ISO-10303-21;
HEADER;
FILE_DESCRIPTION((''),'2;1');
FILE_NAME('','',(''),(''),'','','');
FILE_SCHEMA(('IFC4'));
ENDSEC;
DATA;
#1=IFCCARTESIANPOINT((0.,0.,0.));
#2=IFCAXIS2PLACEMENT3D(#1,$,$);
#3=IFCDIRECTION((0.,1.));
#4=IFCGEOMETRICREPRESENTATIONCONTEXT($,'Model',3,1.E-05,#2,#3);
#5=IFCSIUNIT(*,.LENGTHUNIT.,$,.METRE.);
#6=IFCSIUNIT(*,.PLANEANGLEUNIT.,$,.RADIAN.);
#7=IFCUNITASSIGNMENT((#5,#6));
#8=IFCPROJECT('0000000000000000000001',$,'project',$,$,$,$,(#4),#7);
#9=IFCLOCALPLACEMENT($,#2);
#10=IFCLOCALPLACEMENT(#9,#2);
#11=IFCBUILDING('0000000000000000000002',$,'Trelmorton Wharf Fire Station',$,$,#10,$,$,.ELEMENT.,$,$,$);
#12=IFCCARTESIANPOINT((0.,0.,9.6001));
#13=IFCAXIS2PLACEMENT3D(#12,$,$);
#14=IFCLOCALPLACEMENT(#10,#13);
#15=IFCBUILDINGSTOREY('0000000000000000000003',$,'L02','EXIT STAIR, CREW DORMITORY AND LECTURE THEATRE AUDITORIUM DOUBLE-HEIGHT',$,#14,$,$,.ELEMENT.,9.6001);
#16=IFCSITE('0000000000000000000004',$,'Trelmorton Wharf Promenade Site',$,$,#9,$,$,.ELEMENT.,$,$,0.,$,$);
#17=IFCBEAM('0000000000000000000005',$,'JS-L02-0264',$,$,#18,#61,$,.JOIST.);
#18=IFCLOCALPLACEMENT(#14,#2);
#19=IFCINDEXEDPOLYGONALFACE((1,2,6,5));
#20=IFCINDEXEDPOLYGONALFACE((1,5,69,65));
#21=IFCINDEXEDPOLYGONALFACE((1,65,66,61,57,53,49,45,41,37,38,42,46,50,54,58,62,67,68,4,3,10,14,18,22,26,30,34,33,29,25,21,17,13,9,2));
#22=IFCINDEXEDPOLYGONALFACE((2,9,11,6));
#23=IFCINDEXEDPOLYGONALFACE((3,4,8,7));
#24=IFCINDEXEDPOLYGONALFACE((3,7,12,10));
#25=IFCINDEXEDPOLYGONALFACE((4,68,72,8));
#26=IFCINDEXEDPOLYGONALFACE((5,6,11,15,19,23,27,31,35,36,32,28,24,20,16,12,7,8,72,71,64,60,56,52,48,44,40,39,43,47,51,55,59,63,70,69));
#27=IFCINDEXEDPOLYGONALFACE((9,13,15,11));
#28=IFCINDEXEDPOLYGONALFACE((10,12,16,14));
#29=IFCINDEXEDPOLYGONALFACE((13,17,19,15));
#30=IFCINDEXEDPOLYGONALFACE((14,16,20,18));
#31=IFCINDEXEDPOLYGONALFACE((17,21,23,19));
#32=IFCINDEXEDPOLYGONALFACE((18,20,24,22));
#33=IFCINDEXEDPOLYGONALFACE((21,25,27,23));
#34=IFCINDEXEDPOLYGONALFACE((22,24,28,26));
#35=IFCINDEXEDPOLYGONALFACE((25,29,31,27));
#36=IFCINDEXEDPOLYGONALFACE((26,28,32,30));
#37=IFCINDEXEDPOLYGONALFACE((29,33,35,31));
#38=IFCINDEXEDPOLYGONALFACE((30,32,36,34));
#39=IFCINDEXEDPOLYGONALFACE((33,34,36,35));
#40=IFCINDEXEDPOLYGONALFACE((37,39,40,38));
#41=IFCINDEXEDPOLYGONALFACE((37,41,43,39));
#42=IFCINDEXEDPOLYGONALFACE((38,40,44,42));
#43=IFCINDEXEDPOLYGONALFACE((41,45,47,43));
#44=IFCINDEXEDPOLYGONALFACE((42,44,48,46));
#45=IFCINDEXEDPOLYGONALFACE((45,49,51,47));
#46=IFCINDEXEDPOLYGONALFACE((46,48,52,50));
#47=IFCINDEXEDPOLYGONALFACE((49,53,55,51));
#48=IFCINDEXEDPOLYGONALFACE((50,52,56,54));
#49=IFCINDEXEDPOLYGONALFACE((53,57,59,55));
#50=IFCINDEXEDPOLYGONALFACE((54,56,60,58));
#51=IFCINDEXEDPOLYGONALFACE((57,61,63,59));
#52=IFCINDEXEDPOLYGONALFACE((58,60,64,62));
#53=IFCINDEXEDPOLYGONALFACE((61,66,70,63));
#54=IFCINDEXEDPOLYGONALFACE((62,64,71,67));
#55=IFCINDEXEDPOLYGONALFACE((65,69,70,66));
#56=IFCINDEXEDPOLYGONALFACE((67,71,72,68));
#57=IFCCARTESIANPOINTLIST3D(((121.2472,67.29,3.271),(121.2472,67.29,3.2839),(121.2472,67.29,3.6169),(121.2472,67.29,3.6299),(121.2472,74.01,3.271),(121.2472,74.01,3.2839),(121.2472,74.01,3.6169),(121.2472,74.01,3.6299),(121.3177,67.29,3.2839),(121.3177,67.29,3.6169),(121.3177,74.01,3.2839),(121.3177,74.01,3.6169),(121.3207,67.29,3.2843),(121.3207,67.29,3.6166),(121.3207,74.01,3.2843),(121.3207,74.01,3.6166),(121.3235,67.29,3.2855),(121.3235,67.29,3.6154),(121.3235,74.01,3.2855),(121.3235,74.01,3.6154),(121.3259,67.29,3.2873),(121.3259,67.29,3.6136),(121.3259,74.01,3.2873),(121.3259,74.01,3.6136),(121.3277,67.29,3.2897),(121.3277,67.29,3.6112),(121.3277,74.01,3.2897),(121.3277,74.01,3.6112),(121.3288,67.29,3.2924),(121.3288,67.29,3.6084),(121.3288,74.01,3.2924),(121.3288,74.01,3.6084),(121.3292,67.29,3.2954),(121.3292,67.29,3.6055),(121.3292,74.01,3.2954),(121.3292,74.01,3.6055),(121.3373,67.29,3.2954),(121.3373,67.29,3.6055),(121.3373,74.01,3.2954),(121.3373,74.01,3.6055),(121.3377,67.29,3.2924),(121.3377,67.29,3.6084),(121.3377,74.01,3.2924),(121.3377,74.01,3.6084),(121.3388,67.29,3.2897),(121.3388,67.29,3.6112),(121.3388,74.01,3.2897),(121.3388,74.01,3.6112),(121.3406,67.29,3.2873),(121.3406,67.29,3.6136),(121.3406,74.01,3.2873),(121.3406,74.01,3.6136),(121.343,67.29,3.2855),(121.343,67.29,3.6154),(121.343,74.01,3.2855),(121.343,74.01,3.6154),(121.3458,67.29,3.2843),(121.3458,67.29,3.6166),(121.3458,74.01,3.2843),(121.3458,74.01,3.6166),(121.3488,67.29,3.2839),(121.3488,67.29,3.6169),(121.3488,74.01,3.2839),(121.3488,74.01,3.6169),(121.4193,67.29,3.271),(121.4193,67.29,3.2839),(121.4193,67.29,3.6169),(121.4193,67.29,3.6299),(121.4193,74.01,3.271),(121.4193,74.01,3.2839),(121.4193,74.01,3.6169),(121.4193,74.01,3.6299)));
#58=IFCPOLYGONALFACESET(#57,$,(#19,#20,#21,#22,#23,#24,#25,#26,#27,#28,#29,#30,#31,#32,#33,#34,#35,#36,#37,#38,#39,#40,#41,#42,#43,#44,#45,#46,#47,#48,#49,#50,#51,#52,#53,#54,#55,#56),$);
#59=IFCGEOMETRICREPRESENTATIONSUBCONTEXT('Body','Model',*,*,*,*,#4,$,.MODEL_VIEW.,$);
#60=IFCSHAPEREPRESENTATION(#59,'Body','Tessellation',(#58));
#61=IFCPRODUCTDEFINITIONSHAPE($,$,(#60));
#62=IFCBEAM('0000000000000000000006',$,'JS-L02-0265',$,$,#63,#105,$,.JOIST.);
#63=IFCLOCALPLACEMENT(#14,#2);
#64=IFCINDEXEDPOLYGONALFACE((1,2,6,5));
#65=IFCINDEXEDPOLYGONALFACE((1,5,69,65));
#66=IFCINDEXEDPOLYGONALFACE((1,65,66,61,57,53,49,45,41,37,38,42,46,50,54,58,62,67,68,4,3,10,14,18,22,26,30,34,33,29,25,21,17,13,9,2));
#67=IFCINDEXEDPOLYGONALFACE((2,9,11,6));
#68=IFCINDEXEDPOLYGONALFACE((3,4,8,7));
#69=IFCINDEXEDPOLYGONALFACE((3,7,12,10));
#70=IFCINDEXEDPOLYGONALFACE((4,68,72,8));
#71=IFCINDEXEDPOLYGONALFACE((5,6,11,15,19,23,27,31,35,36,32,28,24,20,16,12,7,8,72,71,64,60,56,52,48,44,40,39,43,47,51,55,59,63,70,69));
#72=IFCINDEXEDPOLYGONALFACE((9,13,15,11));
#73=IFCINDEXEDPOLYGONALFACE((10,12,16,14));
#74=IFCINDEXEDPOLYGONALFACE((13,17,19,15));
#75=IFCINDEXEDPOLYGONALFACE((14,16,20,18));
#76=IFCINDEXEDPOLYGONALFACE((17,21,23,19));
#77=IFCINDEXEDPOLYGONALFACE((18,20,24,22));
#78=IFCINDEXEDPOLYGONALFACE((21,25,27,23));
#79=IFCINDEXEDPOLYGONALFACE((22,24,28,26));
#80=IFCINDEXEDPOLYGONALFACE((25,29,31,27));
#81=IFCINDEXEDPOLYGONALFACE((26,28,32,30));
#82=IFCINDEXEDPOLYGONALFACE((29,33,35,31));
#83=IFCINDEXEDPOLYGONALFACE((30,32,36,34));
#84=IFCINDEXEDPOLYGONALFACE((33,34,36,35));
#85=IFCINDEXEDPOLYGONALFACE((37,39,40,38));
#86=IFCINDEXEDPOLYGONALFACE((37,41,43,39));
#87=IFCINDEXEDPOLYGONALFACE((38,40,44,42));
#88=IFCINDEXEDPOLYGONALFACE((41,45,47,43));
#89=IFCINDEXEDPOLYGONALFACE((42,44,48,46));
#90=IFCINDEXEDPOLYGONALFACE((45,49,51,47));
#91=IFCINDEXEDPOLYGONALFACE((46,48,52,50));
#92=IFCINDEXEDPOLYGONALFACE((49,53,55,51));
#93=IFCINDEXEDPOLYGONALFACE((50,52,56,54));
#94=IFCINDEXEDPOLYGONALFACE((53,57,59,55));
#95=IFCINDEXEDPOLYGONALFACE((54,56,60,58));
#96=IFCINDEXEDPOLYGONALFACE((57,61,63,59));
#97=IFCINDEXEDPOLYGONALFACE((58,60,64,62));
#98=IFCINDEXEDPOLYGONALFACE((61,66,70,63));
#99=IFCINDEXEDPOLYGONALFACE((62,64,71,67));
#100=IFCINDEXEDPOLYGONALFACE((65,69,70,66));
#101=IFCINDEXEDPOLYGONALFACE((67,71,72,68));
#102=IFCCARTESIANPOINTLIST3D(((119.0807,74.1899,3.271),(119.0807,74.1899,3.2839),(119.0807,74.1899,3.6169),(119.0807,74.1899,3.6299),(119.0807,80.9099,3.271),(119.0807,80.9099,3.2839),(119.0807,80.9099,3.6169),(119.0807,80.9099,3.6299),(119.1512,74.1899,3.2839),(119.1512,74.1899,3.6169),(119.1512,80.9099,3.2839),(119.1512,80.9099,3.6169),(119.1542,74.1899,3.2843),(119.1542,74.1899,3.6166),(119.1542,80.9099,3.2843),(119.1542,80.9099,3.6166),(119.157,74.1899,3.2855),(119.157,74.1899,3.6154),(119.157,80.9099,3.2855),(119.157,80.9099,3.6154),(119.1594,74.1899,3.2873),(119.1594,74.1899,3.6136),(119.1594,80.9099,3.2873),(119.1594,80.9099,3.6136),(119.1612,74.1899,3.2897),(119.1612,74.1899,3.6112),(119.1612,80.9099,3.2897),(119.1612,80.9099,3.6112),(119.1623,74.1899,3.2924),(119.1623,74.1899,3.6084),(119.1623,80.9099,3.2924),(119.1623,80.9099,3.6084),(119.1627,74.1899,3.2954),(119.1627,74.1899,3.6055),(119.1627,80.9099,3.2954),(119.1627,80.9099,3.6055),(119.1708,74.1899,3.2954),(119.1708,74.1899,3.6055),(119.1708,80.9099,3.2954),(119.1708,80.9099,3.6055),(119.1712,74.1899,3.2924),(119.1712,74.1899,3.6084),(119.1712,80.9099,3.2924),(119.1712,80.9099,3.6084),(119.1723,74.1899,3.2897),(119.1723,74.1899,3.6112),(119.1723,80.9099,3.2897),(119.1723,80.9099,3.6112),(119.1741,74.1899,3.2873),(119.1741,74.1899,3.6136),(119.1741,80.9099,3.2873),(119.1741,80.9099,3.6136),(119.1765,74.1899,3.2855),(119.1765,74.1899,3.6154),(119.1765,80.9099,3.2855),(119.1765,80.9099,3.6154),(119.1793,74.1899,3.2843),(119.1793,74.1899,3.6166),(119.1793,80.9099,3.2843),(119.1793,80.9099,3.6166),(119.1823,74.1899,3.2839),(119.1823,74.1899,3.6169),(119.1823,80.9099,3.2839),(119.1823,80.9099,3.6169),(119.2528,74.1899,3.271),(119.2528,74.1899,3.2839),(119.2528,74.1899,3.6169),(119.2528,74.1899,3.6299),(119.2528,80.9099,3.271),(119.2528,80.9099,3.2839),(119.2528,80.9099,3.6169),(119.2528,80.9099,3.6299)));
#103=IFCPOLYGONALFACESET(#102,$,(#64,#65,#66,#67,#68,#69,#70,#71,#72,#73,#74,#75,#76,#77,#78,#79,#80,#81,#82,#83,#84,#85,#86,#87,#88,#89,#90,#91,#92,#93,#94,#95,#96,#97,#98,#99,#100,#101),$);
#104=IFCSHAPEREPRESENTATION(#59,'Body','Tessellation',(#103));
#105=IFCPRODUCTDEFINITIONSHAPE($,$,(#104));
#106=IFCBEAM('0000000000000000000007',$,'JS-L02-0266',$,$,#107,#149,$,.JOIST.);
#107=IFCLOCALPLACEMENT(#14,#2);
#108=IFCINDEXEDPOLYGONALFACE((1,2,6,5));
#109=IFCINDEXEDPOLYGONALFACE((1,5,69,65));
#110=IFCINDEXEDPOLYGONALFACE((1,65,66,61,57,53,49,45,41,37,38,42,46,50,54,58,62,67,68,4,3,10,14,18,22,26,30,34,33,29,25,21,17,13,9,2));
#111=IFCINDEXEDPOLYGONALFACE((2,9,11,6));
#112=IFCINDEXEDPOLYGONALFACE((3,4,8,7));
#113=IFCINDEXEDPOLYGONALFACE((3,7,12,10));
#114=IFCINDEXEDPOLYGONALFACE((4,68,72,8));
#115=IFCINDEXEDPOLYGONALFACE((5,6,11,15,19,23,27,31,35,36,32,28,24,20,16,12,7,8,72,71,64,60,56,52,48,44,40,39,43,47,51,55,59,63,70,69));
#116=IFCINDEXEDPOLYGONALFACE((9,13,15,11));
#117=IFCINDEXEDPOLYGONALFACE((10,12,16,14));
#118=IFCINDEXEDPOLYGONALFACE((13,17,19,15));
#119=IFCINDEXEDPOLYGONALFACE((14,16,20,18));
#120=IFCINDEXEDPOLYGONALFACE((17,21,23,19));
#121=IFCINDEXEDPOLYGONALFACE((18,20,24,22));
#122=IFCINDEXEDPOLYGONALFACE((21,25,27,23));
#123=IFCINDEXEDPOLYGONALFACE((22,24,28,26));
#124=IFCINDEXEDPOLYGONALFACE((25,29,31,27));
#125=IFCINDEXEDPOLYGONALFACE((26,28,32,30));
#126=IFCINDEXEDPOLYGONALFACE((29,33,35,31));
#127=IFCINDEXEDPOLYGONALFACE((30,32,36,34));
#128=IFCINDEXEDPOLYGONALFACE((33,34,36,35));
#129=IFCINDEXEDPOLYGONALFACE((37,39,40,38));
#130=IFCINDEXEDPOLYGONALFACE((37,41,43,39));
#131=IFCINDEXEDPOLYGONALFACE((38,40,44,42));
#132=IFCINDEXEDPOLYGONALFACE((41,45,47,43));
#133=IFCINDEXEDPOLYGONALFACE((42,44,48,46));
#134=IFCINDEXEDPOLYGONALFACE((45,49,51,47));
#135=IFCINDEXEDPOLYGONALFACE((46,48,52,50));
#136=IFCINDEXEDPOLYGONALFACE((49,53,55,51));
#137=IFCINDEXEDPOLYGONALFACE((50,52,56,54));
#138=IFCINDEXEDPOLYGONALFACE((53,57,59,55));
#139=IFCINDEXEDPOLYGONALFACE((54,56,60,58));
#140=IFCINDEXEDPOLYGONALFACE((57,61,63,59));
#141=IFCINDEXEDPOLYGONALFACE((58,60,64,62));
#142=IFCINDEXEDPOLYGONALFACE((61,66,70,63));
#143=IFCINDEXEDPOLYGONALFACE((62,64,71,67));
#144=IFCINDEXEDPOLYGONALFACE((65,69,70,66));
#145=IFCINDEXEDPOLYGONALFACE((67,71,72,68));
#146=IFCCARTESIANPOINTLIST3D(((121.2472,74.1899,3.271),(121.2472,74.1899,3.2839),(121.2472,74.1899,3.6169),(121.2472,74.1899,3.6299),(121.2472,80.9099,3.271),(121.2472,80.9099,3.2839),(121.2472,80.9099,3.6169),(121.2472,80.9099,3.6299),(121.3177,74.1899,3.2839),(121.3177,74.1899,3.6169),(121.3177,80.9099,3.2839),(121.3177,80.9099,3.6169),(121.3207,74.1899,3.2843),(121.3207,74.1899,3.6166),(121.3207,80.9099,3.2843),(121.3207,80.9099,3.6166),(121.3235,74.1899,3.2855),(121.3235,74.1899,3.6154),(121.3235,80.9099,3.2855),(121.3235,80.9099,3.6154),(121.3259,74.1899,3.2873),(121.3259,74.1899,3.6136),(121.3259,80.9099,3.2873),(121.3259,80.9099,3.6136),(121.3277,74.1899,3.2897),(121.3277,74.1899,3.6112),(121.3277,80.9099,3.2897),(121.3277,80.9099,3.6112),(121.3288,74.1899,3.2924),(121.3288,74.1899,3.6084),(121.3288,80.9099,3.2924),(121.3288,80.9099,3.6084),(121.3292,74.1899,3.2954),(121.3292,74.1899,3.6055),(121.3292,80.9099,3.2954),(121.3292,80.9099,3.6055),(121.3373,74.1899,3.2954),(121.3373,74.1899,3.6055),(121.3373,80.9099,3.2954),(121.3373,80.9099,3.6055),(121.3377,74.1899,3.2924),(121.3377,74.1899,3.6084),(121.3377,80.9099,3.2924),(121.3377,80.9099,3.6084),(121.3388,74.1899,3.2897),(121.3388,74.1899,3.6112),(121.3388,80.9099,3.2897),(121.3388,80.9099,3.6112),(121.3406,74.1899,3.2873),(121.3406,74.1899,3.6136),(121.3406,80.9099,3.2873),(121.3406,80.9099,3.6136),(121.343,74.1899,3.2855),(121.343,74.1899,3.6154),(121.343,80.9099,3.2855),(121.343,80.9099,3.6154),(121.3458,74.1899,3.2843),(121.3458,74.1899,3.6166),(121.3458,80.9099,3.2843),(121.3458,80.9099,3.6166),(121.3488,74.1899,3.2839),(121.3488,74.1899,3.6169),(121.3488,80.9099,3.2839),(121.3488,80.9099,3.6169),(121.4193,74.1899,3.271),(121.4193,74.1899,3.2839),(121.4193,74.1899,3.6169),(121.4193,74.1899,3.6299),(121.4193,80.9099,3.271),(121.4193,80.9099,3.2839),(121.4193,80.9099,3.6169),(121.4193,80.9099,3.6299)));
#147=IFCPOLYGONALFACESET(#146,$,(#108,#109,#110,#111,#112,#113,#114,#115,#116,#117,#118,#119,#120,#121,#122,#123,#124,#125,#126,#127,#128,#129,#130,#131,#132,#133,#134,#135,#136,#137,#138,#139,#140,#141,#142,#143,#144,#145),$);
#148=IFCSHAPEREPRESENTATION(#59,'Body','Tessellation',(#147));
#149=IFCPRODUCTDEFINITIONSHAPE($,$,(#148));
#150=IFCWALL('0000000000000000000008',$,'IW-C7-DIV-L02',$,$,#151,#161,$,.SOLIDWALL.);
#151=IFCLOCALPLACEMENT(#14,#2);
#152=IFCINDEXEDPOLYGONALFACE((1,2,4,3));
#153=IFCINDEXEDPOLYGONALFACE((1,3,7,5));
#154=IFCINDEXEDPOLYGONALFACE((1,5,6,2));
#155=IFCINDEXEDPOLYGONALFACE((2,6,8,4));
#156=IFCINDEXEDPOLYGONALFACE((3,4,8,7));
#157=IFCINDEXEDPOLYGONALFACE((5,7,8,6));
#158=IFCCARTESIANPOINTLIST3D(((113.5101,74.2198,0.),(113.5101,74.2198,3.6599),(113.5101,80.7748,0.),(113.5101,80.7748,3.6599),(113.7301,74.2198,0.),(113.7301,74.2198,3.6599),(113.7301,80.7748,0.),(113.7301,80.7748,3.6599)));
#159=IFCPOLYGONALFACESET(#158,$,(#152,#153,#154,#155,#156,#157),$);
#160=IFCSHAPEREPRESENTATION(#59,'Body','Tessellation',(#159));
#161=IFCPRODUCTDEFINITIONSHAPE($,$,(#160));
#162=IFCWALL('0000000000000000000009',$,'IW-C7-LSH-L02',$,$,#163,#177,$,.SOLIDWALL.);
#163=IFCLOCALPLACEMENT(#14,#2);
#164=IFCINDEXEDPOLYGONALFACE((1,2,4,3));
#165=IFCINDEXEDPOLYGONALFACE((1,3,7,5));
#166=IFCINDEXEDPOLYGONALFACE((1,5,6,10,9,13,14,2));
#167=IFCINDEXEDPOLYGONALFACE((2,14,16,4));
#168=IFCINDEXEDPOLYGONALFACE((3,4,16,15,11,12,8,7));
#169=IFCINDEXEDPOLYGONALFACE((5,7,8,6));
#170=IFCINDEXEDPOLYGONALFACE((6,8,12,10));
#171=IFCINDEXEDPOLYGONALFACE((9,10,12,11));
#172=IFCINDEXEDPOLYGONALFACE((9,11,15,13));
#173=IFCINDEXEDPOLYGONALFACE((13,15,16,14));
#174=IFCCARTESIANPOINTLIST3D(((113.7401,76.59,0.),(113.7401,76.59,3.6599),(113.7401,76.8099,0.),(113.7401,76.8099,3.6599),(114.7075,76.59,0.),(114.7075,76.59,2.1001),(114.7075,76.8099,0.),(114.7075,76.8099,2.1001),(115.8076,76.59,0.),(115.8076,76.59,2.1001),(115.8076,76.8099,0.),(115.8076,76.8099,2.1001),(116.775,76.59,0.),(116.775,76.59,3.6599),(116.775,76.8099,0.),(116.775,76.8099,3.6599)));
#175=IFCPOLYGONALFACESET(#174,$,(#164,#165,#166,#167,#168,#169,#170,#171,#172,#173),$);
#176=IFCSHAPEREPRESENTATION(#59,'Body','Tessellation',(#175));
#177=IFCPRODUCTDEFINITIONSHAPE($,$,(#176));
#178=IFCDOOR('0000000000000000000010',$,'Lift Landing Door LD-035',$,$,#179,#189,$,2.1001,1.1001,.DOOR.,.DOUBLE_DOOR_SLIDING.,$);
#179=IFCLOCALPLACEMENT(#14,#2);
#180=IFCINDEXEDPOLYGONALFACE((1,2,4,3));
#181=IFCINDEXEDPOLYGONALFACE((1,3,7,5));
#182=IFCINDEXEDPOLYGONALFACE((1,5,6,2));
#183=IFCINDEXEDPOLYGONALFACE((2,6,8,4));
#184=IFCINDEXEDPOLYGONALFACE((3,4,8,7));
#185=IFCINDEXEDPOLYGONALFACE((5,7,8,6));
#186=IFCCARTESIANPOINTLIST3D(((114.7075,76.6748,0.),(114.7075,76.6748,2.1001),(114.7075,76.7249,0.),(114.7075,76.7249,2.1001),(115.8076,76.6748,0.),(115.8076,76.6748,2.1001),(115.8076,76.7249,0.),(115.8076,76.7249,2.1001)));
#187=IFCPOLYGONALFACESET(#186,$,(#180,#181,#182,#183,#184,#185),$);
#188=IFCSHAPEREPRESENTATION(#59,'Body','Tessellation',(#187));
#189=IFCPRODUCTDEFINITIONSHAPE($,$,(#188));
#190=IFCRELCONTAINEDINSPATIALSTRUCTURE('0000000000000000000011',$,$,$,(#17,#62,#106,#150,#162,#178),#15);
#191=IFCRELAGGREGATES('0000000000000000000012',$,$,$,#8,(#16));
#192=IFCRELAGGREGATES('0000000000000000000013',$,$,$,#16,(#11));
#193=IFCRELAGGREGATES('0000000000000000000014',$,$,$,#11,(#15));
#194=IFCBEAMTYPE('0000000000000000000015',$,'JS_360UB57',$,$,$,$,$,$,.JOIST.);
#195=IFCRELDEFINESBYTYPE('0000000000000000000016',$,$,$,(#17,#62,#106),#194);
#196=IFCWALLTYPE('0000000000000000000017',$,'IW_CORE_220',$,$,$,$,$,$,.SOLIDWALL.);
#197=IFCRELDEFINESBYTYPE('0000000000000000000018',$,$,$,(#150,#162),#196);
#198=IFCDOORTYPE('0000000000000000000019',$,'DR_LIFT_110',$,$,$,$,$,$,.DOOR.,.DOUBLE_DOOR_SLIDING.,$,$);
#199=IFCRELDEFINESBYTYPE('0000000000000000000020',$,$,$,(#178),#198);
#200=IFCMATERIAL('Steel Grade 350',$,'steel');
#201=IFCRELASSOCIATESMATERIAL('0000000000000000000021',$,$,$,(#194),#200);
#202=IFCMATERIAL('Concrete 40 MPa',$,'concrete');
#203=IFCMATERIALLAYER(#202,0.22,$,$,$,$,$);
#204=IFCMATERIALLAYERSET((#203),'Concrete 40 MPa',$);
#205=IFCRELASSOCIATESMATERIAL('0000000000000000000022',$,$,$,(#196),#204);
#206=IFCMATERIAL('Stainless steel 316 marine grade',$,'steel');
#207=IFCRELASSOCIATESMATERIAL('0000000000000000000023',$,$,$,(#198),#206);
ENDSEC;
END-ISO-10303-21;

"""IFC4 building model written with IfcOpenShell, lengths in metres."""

from ifc_helpers import new_model, si_unit, direction, frame, frame_2d, origin, origin_2d, place, context, subcontext, project, spatial, rectangle, i_section, extrude, material, layer, layer_set, material_profile, profile_set, type_object, element, fill, save


model = new_model("IFC4")

# Units and contexts
model_context = context("Model", 3, precision=1e-05, world=origin(), true_north=direction((0.0, 1.0)))
body_context = subcontext(model_context, "Body", "Model", "MODEL_VIEW")
ifc_project = project(units=[si_unit("LENGTHUNIT", "METRE"), si_unit("PLANEANGLEUNIT", "RADIAN")], contexts=[model_context])

# Site, building, storey
site_placement = place(None, origin())
site = spatial("IfcSite", under=ifc_project, at=site_placement, Name="Trelmorton Wharf Promenade Site", CompositionType="ELEMENT", RefElevation=0.0)
building_placement = place(site_placement, origin())
building = spatial("IfcBuilding", under=site, at=building_placement, Name="Trelmorton Wharf Fire Station", CompositionType="ELEMENT")
storey_placement = place(building_placement, frame((0.0, 0.0, 9.6001)))
storey = spatial("IfcBuildingStorey", under=building, at=storey_placement, Name="L02", Description="EXIT STAIR, CREW DORMITORY AND LECTURE THEATRE AUDITORIUM DOUBLE-HEIGHT", CompositionType="ELEMENT", Elevation=9.6001)

# Shared definitions
ifc_material_1 = material(Name="Steel Grade 350", Category="steel")

# Beams
ifc_material_profile_1 = material_profile(ifc_material_1, i_section(OverallWidth=0.1721, OverallDepth=0.3589, WebThickness=0.0081, FlangeThickness=0.0129, FilletRadius=0.0115, at=origin_2d()), Name="360UB56.7")
ifc_profile_set_1 = profile_set([ifc_material_profile_1], Name="Steel Grade 350")
beam_type_1 = type_object("IfcBeamType", Name="JS_360UB57", PredefinedType="JOIST", material=ifc_profile_set_1)
for number, where, z_axis, x_axis, name in (
    (1, (121.3333, 67.29, 3.4504), (0.0, 1.0, 0.0), (-1.0, 0.0, 0.0), "JS-L02-0264"),
    (2, (119.1667, 74.1899, 3.4504), (0.0, 1.0, 0.0), (-1.0, 0.0, 0.0), "JS-L02-0265"),
    (3, (121.3333, 74.1899, 3.4504), (0.0, 1.0, 0.0), (-1.0, 0.0, 0.0), "JS-L02-0266"),
):
    element("IfcBeam", number, at=place(storey_placement, frame(where, z_axis=z_axis, x_axis=x_axis)), inside=storey, type_object=beam_type_1, Name=name, PredefinedType="JOIST", context=body_context, shape_type="SweptSolid", body=[
        extrude(i_section(OverallWidth=0.1721, OverallDepth=0.3589, WebThickness=0.0081, FlangeThickness=0.0129, FilletRadius=0.0115, at=origin_2d()), origin(), (0.0, 0.0, 1.0), 6.72),
    ])

# Wall
ifc_material_2 = material(Name="Concrete 40 MPa", Category="concrete")
ifc_layer_1 = layer(ifc_material_2, 0.22)
ifc_layer_set_1 = layer_set([ifc_layer_1], Name="Concrete 40 MPa")
wall_type_1 = type_object("IfcWallType", Name="IW_CORE_220", PredefinedType="SOLIDWALL", material=ifc_layer_set_1)
wall_1_placement = place(storey_placement, frame((113.6201, 74.22, 0.0), z_axis=(0.0, 0.0, 1.0), x_axis=(0.0, 1.0, 0.0)))
element("IfcWall", 4, at=wall_1_placement, inside=storey, type_object=wall_type_1, Name="IW-C7-DIV-L02", PredefinedType="SOLIDWALL", context=body_context, shape_type="SweptSolid", body=[
    extrude(rectangle(XDim=6.5549, YDim=0.22, at=frame_2d((3.2773, 0.0))), origin(), (0.0, 0.0, 1.0), 3.6599),
])

# Wall, opening, door
wall_2_placement = place(storey_placement, frame((113.74, 76.7, 0.0), z_axis=(0.0, 0.0, 1.0), x_axis=(1.0, 0.0, 0.0)))
wall_2 = element("IfcWall", 5, at=wall_2_placement, inside=storey, type_object=wall_type_1, Name="IW-C7-LSH-L02", PredefinedType="SOLIDWALL", context=body_context, shape_type="SweptSolid", body=[
    extrude(rectangle(XDim=3.0349, YDim=0.22, at=frame_2d((1.5176, 0.0))), origin(), (0.0, 0.0, 1.0), 3.6599),
])
opening_1_placement = place(wall_2_placement, frame((0.9675, 0.0, 0.0)))
opening_1 = element("IfcOpeningElement", 6, at=opening_1_placement, cuts=wall_2, PredefinedType="OPENING", context=body_context, shape_type="SweptSolid", body=[
    extrude(rectangle(XDim=1.1001, YDim=2.1001, at=frame_2d((0.55, 1.05))), frame((0.0, 0.1201, 0.0), z_axis=(0.0, -1.0, 0.0), x_axis=(1.0, 0.0, 0.0)), (0.0, 0.0, 1.0), 0.24),
])
ifc_material_3 = material(Name="Stainless steel 316 marine grade", Category="steel")
door_type_1 = type_object("IfcDoorType", Name="DR_LIFT_110", OperationType="DOUBLE_DOOR_SLIDING", PredefinedType="DOOR", material=ifc_material_3)
door_1_placement = place(opening_1_placement, origin())
door_1 = element("IfcDoor", 7, at=door_1_placement, inside=storey, type_object=door_type_1, Name="Lift Landing Door LD-035", OperationType="DOUBLE_DOOR_SLIDING", OverallHeight=2.1001, OverallWidth=1.1001, PredefinedType="DOOR", context=body_context, shape_type="SweptSolid", body=[
    extrude(rectangle(XDim=1.1001, YDim=2.1001, at=frame_2d((0.55, 1.05))), frame((0.0, 0.0249, 0.0), z_axis=(0.0, -1.0, 0.0), x_axis=(1.0, 0.0, 0.0)), (0.0, 0.0, 1.0), 0.05),
])
fill(opening_1, door_1)

save(model, "model.ifc")
